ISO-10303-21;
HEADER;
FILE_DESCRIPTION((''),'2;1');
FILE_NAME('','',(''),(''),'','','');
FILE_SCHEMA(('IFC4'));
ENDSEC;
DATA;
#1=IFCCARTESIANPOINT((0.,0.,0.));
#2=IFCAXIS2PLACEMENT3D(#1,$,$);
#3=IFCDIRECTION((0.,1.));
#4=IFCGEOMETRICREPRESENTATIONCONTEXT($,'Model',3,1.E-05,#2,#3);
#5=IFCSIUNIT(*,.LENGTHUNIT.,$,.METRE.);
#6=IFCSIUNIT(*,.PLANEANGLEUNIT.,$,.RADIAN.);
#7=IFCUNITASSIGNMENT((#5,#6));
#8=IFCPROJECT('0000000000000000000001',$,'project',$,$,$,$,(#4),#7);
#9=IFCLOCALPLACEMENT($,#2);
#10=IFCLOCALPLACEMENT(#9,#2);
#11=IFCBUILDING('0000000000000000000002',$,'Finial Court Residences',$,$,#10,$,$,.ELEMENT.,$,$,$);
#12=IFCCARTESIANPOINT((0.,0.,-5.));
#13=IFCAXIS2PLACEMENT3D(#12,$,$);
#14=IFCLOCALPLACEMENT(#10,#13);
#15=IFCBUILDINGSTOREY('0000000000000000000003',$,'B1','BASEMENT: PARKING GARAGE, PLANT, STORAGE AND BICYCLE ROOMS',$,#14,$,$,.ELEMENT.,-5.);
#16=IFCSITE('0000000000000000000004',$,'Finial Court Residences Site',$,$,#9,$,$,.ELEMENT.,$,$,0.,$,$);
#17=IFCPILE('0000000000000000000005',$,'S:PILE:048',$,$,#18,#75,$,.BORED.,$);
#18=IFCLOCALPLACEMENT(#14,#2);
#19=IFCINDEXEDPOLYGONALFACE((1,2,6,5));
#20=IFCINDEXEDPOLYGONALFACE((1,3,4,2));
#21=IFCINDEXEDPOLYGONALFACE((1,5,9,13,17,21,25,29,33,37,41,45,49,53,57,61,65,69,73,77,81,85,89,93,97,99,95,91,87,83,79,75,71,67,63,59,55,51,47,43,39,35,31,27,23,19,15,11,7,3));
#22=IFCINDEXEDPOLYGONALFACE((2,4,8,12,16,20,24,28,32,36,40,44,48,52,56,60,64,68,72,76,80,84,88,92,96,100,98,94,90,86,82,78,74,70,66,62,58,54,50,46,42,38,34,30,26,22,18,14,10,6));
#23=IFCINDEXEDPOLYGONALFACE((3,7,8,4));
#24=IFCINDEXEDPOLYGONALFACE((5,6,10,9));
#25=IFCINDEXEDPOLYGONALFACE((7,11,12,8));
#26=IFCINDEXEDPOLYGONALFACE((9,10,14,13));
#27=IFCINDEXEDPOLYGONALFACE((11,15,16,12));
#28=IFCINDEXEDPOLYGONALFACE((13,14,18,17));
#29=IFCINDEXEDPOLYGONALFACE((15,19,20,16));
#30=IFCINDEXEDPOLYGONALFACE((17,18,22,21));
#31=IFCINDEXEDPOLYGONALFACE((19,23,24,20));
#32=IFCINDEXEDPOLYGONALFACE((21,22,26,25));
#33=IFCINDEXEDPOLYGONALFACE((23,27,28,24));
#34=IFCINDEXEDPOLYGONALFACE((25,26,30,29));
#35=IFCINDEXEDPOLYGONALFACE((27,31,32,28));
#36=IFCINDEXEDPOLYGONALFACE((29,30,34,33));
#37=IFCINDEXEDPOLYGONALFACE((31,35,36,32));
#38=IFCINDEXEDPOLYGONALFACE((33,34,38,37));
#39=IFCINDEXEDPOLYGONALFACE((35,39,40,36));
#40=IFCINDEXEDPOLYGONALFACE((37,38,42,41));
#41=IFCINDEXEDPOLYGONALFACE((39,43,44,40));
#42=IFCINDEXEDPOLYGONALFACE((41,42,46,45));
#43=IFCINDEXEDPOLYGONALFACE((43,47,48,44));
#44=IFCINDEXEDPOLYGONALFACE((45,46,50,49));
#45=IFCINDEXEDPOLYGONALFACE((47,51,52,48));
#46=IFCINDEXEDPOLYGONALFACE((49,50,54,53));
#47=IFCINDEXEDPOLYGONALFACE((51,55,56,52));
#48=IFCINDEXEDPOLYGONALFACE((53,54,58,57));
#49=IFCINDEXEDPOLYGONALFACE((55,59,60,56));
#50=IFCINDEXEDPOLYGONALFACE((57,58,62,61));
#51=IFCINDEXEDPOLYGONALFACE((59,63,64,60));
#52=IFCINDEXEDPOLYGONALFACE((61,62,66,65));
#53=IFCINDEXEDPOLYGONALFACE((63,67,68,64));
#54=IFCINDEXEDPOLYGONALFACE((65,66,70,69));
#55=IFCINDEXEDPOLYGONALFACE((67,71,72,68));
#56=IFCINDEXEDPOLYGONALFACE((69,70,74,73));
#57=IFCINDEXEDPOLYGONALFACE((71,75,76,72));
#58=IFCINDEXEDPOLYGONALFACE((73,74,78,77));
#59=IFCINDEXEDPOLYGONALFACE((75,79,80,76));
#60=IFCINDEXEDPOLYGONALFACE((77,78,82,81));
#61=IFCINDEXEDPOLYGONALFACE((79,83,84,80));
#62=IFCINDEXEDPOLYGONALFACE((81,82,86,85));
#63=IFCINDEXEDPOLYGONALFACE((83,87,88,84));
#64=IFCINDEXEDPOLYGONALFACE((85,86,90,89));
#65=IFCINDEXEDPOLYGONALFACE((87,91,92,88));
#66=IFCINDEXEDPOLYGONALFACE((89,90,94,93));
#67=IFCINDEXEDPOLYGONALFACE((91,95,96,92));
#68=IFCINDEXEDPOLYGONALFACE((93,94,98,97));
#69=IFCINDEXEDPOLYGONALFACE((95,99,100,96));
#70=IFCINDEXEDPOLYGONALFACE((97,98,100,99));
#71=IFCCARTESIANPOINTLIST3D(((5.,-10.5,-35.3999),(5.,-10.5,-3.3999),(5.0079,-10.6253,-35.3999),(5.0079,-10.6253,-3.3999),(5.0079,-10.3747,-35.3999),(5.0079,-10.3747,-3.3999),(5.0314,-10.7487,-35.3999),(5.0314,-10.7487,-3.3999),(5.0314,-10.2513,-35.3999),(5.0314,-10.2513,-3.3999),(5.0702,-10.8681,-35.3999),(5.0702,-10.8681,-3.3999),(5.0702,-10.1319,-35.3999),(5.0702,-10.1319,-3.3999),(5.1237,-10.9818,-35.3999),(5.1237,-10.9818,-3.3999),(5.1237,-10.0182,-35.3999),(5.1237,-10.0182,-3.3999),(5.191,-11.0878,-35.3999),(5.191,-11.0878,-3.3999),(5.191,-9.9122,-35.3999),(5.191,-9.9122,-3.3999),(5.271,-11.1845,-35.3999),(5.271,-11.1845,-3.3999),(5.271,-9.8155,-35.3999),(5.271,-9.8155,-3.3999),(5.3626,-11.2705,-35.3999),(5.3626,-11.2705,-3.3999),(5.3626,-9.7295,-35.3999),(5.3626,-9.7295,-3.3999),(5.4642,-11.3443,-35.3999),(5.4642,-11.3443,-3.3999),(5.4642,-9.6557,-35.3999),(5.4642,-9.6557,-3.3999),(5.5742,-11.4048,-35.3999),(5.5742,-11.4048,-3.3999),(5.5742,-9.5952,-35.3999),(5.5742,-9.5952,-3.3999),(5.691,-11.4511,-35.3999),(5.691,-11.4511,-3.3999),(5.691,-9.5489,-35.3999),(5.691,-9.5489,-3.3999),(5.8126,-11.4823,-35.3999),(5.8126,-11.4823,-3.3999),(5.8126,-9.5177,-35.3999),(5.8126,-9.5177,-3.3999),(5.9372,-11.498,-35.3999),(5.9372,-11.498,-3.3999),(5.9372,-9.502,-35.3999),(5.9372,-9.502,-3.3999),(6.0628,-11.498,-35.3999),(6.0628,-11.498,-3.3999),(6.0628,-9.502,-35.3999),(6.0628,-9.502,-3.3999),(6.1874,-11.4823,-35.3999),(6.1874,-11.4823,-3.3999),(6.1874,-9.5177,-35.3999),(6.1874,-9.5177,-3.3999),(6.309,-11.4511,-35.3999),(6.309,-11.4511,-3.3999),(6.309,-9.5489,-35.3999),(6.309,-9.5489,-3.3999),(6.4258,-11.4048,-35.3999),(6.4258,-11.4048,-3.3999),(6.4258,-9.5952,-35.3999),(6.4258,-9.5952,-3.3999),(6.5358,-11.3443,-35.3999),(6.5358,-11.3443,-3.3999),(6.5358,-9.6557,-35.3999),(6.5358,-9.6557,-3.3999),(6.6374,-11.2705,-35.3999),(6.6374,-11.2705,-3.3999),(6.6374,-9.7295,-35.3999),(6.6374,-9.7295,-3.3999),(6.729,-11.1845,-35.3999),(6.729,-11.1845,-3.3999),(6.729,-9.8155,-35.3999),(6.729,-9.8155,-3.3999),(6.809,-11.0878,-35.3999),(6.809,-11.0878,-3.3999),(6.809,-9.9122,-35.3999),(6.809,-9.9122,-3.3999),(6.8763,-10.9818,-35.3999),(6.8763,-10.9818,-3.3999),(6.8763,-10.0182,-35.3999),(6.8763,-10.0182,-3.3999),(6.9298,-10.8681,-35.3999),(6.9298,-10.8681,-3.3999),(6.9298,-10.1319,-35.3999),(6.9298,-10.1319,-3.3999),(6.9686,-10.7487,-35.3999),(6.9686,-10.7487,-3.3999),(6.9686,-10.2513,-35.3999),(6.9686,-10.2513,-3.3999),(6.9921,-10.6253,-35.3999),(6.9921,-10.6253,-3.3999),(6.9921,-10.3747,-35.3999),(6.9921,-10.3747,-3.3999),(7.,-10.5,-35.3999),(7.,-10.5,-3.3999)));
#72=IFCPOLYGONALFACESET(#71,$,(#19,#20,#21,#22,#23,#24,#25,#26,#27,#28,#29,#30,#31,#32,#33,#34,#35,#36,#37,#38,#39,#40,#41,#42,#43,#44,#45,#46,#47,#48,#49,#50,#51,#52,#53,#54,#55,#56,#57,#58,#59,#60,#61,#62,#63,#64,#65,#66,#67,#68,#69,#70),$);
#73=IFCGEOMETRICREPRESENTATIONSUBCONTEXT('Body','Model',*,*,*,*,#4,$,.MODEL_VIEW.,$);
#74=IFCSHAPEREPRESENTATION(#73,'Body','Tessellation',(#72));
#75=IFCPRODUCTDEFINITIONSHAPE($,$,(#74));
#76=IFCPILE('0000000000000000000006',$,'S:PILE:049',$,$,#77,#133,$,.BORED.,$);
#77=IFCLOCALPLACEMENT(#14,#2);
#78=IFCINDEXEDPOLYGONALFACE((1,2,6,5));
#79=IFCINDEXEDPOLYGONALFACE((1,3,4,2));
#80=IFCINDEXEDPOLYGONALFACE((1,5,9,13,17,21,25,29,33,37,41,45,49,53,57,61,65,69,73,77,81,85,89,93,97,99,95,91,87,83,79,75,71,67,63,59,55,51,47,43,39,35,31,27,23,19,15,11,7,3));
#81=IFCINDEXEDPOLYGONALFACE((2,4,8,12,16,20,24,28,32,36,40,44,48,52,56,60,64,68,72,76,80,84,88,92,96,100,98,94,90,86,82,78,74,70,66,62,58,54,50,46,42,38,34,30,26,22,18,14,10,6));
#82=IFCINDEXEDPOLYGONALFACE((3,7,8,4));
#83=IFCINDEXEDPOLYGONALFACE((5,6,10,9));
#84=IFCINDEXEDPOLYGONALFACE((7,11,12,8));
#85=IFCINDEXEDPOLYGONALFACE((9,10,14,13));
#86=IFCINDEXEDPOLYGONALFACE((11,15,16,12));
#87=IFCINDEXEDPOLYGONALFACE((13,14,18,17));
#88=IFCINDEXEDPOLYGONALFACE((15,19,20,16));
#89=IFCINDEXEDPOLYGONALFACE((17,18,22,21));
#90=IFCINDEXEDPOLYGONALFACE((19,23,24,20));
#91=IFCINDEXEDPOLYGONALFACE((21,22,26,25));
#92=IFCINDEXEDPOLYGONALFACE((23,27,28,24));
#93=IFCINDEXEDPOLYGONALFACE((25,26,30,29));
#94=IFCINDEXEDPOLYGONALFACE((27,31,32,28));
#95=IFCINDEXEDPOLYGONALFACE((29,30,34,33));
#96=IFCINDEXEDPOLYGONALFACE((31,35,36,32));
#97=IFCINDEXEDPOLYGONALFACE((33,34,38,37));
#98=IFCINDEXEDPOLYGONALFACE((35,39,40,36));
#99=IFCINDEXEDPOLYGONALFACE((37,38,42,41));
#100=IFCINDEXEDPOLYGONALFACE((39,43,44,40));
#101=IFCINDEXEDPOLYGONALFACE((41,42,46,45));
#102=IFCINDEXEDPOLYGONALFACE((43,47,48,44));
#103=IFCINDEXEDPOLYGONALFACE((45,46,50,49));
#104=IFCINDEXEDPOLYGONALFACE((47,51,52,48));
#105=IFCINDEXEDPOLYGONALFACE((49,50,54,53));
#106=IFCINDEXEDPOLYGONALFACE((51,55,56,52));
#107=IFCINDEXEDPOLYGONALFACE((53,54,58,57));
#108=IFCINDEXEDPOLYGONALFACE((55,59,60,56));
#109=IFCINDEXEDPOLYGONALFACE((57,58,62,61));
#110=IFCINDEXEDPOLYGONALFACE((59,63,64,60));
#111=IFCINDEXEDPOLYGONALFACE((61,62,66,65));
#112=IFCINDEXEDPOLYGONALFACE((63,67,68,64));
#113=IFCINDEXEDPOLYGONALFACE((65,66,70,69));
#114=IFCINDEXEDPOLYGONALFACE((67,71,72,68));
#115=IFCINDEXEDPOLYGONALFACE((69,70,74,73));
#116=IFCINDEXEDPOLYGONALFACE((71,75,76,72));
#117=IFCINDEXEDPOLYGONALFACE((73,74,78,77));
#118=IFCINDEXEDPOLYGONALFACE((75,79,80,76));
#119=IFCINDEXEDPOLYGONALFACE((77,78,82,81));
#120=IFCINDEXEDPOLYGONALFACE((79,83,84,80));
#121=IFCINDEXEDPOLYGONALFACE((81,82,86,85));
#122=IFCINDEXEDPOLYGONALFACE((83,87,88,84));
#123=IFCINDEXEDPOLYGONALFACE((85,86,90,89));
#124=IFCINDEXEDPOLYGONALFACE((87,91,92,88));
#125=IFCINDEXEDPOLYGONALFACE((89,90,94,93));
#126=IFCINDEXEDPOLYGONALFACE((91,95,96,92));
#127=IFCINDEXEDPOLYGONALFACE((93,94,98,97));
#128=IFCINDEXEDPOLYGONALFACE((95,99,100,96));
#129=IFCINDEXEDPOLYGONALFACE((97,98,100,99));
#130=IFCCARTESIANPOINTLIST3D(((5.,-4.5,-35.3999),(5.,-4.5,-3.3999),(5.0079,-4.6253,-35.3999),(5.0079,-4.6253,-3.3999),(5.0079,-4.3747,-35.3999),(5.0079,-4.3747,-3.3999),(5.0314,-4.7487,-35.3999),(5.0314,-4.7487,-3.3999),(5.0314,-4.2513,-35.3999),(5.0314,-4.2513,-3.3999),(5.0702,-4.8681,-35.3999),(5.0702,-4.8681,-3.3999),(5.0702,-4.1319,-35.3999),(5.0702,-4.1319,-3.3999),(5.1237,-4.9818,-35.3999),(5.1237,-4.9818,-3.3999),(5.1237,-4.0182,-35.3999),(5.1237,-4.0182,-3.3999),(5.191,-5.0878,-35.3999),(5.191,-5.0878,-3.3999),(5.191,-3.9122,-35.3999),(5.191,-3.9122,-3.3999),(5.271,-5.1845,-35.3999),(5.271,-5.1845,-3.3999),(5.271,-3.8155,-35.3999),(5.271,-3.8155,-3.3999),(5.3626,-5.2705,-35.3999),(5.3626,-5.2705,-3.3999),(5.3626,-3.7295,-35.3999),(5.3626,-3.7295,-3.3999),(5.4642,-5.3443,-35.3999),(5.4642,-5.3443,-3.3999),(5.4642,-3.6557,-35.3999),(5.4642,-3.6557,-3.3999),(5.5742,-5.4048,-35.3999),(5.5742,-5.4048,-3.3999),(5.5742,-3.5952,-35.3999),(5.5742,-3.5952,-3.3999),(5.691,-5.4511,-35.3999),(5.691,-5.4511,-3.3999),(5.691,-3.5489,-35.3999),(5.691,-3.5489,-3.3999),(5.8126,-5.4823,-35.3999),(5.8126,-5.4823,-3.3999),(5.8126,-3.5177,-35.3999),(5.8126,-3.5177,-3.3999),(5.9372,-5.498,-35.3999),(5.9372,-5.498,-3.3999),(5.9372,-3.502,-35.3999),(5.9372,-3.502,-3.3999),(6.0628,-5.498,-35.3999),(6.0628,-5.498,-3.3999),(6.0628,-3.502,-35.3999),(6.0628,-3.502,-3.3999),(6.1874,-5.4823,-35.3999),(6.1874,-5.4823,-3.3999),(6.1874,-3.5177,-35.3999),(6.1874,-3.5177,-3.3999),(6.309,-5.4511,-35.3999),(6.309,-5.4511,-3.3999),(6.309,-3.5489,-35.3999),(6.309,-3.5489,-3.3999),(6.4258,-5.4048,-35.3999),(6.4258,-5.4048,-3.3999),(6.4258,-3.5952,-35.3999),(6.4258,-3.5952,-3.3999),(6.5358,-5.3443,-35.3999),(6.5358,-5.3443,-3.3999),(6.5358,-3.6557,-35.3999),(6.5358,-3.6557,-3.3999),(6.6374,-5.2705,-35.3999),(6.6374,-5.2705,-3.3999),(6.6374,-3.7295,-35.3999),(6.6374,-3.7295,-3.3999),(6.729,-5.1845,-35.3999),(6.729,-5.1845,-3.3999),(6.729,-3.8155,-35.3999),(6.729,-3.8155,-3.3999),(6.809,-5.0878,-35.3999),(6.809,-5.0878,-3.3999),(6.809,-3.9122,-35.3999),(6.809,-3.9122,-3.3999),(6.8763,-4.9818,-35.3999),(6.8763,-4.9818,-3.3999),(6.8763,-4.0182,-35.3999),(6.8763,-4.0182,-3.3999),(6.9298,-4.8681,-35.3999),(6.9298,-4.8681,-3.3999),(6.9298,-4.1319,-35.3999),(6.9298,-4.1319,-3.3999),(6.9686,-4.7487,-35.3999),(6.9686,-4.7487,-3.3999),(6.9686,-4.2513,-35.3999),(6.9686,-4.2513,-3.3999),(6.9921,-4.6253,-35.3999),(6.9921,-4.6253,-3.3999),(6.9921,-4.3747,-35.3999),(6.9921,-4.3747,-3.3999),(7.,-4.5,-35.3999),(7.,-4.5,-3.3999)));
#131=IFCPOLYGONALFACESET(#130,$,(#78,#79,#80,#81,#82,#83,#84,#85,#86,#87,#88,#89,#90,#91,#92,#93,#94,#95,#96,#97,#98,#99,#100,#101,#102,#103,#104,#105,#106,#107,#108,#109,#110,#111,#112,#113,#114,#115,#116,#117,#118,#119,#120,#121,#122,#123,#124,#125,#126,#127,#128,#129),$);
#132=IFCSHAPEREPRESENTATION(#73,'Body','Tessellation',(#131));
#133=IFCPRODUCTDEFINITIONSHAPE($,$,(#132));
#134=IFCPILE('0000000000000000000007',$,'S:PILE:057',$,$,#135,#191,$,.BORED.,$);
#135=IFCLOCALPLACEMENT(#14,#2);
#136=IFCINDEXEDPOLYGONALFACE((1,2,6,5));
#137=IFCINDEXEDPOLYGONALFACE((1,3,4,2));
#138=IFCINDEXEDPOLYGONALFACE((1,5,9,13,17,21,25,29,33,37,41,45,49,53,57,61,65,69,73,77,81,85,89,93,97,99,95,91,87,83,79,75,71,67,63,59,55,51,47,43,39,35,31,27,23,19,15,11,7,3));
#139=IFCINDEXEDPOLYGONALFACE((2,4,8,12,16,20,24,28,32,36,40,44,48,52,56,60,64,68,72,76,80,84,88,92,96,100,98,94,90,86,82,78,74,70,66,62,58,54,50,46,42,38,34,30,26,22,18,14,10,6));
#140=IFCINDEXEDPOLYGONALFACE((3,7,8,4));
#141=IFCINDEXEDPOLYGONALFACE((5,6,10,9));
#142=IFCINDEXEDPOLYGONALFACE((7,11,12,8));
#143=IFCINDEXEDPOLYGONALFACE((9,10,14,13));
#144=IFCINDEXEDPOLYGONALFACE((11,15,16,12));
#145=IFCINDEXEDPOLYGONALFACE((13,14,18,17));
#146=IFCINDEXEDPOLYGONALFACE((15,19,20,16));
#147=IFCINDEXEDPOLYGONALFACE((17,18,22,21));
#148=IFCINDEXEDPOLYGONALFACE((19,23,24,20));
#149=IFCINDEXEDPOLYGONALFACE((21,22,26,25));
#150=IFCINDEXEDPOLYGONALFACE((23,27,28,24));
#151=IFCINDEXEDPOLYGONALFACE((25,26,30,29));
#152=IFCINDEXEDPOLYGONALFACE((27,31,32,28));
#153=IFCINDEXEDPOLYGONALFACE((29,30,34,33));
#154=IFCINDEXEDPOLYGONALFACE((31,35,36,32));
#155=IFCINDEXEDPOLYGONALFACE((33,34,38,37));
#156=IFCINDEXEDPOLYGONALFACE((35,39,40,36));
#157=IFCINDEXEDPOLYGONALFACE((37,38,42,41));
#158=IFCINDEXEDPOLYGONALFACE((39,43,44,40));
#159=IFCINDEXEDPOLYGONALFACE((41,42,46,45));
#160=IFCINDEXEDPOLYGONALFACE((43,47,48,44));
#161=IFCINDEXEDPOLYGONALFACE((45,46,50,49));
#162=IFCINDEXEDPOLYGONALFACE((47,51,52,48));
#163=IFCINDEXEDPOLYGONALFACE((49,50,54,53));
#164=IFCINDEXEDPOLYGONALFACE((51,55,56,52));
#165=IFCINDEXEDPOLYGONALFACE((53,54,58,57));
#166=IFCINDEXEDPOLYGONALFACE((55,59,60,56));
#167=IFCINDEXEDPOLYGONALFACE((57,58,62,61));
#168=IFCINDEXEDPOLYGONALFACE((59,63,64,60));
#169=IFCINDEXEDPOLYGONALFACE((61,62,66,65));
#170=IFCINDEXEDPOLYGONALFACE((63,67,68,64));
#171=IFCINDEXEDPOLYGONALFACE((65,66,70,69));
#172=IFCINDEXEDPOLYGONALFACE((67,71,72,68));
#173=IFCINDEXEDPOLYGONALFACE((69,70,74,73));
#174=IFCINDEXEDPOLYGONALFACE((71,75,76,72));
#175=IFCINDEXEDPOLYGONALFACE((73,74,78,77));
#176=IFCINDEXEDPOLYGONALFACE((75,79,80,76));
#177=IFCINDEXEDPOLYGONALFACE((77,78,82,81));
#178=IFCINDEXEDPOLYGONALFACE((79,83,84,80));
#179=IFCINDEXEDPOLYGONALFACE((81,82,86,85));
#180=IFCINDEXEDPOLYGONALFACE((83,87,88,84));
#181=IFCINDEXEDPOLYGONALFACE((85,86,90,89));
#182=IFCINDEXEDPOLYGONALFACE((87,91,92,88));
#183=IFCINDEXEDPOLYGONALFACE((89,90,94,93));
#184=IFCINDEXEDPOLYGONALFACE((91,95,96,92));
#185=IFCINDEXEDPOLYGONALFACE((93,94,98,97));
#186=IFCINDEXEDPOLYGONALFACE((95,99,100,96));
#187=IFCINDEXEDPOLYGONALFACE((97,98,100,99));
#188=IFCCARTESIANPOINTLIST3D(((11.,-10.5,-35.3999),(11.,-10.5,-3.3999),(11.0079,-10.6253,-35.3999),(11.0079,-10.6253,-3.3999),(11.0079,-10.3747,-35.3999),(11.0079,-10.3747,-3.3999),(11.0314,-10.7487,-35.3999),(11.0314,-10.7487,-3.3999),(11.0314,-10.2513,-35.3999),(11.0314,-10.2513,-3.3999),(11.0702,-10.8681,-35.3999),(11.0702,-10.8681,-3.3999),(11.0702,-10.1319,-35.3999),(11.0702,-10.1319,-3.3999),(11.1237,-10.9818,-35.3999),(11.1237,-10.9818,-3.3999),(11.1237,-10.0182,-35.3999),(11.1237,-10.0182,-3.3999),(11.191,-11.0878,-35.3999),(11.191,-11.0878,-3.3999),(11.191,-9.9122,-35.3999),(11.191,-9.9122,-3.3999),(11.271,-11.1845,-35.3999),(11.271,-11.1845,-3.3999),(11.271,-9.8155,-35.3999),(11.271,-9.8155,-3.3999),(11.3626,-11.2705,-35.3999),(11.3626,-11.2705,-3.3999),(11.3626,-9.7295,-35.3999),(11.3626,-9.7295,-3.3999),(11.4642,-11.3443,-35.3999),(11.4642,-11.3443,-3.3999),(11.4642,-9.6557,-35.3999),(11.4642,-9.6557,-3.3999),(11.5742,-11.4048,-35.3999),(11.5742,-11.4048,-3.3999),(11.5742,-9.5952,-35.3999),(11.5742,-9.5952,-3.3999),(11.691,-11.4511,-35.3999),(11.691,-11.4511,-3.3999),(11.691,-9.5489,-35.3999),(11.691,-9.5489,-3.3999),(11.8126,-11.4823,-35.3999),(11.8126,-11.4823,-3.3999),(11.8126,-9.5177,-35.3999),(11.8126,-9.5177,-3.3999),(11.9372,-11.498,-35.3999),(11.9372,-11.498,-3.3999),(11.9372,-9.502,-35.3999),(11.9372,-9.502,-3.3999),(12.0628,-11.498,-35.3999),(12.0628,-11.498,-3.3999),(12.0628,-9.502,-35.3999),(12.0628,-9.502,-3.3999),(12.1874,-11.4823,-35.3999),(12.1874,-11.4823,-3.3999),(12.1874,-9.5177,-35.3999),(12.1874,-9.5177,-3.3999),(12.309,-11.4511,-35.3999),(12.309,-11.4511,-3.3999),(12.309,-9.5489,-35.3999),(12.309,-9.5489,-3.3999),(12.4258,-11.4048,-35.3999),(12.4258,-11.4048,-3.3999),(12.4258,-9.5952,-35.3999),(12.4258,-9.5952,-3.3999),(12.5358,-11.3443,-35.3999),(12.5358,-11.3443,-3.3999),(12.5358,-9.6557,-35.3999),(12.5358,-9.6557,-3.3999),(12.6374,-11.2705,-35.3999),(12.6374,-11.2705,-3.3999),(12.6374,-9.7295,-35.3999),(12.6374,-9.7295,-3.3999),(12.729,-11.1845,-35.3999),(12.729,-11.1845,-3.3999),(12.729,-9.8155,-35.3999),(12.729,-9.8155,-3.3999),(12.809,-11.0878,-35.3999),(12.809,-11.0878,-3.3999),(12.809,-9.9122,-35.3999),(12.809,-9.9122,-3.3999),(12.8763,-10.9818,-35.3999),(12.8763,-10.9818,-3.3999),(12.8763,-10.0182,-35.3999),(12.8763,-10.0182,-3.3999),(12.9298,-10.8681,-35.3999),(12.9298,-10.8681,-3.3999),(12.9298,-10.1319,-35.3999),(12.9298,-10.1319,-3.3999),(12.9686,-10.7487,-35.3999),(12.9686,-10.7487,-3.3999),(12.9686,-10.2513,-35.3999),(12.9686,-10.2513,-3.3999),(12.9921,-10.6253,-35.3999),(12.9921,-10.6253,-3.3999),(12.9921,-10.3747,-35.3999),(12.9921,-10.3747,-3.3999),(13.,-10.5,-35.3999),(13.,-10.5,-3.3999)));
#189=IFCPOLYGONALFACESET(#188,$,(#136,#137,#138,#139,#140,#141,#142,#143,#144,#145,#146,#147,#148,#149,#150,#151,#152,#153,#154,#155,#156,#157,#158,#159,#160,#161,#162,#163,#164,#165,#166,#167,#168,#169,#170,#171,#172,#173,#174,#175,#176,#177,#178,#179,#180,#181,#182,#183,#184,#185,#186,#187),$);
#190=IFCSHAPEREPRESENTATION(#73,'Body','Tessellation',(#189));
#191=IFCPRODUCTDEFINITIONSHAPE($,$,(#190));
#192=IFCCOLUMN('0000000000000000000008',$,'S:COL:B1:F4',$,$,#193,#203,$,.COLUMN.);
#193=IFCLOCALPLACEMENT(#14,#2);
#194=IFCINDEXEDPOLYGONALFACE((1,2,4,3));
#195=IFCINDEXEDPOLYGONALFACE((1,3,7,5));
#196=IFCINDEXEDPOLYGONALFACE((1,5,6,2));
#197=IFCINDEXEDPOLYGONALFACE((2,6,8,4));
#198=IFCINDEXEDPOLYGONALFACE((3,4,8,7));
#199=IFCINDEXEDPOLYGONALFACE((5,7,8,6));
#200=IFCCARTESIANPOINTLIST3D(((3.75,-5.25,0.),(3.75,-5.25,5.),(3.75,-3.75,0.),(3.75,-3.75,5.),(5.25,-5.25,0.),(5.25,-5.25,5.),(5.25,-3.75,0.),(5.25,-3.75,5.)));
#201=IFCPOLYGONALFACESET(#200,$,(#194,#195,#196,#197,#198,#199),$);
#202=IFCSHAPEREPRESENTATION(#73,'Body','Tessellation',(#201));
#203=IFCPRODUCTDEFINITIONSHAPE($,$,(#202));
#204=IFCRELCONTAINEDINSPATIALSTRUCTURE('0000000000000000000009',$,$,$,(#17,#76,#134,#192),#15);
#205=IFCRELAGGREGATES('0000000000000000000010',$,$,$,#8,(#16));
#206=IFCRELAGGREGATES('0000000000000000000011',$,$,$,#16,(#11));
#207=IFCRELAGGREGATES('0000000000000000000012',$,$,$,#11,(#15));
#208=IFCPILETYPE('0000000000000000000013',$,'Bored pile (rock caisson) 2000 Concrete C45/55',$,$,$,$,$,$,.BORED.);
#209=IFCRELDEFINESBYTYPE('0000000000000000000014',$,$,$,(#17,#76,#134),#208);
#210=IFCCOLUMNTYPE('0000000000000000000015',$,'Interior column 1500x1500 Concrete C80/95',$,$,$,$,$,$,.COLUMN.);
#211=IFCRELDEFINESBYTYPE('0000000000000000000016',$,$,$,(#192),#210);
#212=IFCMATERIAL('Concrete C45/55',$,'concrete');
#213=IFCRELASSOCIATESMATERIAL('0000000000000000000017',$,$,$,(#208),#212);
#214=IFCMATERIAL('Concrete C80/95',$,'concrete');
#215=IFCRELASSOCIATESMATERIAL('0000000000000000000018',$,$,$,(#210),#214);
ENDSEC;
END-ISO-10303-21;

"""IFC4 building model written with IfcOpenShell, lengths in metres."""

from ifc_helpers import new_model, si_unit, direction, frame, origin, origin_2d, place, context, subcontext, project, spatial, rectangle, circle, extrude, material, material_profile, profile_set, type_object, element, save


model = new_model("IFC4")

# Units and contexts
model_context = context("Model", 3, precision=1e-05, world=origin(), true_north=direction((0.0, 1.0)))
body_context = subcontext(model_context, "Body", "Model", "MODEL_VIEW")
ifc_project = project(units=[si_unit("LENGTHUNIT", "METRE"), si_unit("PLANEANGLEUNIT", "RADIAN")], contexts=[model_context])

# Site, building, storey
site_placement = place(None, origin())
site = spatial("IfcSite", under=ifc_project, at=site_placement, Name="Finial Court Residences Site", CompositionType="ELEMENT", RefElevation=0.0)
building_placement = place(site_placement, origin())
building = spatial("IfcBuilding", under=site, at=building_placement, Name="Finial Court Residences", CompositionType="ELEMENT")
storey_placement = place(building_placement, frame((0.0, 0.0, -5.0)))
storey = spatial("IfcBuildingStorey", under=building, at=storey_placement, Name="B1", Description="BASEMENT: PARKING GARAGE, PLANT, STORAGE AND BICYCLE ROOMS", CompositionType="ELEMENT", Elevation=-5.0)

# Piles
ifc_material_1 = material(Name="Concrete C45/55", Category="concrete")
ifc_material_profile_1 = material_profile(ifc_material_1, circle(Radius=1.0, at=origin_2d()), Name="D2000")
ifc_profile_set_1 = profile_set([ifc_material_profile_1], Name="Concrete C45/55")
pile_type = type_object("IfcPileType", Name="Bored pile (rock caisson) 2000 Concrete C45/55", PredefinedType="BORED", material=ifc_profile_set_1)
for number, where, z_axis, x_axis, name in (
    (1, (6.0, -10.5, -3.3999), (0.0, 0.0, -1.0), (1.0, 0.0, 0.0), "S:PILE:048"),
    (2, (6.0, -4.5, -3.3999), (0.0, 0.0, -1.0), (1.0, 0.0, 0.0), "S:PILE:049"),
    (3, (12.0, -10.5, -3.3999), (0.0, 0.0, -1.0), (1.0, 0.0, 0.0), "S:PILE:057"),
):
    element("IfcPile", number, at=place(storey_placement, frame(where, z_axis=z_axis, x_axis=x_axis)), inside=storey, type_object=pile_type, Name=name, PredefinedType="BORED", context=body_context, shape_type="SweptSolid", body=[
        extrude(circle(Radius=1.0, at=origin_2d()), origin(), (0.0, 0.0, 1.0), 32.0),
    ])

# Column
ifc_material_2 = material(Name="Concrete C80/95", Category="concrete")
ifc_material_profile_2 = material_profile(ifc_material_2, rectangle(XDim=1.5, YDim=1.5, at=origin_2d()), Name="1500x1500")
ifc_profile_set_2 = profile_set([ifc_material_profile_2], Name="Concrete C80/95")
column_type_1 = type_object("IfcColumnType", Name="Interior column 1500x1500 Concrete C80/95", PredefinedType="COLUMN", material=ifc_profile_set_2)
column_1_placement = place(storey_placement, frame((4.5, -4.5, 0.0), z_axis=(0.0, 0.0, 1.0), x_axis=(1.0, 0.0, 0.0)))
element("IfcColumn", 4, at=column_1_placement, inside=storey, type_object=column_type_1, Name="S:COL:B1:F4", PredefinedType="COLUMN", context=body_context, shape_type="SweptSolid", body=[
    extrude(rectangle(XDim=1.5, YDim=1.5, at=origin_2d()), origin(), (0.0, 0.0, 1.0), 5.0),
])

save(model, "model.ifc")
